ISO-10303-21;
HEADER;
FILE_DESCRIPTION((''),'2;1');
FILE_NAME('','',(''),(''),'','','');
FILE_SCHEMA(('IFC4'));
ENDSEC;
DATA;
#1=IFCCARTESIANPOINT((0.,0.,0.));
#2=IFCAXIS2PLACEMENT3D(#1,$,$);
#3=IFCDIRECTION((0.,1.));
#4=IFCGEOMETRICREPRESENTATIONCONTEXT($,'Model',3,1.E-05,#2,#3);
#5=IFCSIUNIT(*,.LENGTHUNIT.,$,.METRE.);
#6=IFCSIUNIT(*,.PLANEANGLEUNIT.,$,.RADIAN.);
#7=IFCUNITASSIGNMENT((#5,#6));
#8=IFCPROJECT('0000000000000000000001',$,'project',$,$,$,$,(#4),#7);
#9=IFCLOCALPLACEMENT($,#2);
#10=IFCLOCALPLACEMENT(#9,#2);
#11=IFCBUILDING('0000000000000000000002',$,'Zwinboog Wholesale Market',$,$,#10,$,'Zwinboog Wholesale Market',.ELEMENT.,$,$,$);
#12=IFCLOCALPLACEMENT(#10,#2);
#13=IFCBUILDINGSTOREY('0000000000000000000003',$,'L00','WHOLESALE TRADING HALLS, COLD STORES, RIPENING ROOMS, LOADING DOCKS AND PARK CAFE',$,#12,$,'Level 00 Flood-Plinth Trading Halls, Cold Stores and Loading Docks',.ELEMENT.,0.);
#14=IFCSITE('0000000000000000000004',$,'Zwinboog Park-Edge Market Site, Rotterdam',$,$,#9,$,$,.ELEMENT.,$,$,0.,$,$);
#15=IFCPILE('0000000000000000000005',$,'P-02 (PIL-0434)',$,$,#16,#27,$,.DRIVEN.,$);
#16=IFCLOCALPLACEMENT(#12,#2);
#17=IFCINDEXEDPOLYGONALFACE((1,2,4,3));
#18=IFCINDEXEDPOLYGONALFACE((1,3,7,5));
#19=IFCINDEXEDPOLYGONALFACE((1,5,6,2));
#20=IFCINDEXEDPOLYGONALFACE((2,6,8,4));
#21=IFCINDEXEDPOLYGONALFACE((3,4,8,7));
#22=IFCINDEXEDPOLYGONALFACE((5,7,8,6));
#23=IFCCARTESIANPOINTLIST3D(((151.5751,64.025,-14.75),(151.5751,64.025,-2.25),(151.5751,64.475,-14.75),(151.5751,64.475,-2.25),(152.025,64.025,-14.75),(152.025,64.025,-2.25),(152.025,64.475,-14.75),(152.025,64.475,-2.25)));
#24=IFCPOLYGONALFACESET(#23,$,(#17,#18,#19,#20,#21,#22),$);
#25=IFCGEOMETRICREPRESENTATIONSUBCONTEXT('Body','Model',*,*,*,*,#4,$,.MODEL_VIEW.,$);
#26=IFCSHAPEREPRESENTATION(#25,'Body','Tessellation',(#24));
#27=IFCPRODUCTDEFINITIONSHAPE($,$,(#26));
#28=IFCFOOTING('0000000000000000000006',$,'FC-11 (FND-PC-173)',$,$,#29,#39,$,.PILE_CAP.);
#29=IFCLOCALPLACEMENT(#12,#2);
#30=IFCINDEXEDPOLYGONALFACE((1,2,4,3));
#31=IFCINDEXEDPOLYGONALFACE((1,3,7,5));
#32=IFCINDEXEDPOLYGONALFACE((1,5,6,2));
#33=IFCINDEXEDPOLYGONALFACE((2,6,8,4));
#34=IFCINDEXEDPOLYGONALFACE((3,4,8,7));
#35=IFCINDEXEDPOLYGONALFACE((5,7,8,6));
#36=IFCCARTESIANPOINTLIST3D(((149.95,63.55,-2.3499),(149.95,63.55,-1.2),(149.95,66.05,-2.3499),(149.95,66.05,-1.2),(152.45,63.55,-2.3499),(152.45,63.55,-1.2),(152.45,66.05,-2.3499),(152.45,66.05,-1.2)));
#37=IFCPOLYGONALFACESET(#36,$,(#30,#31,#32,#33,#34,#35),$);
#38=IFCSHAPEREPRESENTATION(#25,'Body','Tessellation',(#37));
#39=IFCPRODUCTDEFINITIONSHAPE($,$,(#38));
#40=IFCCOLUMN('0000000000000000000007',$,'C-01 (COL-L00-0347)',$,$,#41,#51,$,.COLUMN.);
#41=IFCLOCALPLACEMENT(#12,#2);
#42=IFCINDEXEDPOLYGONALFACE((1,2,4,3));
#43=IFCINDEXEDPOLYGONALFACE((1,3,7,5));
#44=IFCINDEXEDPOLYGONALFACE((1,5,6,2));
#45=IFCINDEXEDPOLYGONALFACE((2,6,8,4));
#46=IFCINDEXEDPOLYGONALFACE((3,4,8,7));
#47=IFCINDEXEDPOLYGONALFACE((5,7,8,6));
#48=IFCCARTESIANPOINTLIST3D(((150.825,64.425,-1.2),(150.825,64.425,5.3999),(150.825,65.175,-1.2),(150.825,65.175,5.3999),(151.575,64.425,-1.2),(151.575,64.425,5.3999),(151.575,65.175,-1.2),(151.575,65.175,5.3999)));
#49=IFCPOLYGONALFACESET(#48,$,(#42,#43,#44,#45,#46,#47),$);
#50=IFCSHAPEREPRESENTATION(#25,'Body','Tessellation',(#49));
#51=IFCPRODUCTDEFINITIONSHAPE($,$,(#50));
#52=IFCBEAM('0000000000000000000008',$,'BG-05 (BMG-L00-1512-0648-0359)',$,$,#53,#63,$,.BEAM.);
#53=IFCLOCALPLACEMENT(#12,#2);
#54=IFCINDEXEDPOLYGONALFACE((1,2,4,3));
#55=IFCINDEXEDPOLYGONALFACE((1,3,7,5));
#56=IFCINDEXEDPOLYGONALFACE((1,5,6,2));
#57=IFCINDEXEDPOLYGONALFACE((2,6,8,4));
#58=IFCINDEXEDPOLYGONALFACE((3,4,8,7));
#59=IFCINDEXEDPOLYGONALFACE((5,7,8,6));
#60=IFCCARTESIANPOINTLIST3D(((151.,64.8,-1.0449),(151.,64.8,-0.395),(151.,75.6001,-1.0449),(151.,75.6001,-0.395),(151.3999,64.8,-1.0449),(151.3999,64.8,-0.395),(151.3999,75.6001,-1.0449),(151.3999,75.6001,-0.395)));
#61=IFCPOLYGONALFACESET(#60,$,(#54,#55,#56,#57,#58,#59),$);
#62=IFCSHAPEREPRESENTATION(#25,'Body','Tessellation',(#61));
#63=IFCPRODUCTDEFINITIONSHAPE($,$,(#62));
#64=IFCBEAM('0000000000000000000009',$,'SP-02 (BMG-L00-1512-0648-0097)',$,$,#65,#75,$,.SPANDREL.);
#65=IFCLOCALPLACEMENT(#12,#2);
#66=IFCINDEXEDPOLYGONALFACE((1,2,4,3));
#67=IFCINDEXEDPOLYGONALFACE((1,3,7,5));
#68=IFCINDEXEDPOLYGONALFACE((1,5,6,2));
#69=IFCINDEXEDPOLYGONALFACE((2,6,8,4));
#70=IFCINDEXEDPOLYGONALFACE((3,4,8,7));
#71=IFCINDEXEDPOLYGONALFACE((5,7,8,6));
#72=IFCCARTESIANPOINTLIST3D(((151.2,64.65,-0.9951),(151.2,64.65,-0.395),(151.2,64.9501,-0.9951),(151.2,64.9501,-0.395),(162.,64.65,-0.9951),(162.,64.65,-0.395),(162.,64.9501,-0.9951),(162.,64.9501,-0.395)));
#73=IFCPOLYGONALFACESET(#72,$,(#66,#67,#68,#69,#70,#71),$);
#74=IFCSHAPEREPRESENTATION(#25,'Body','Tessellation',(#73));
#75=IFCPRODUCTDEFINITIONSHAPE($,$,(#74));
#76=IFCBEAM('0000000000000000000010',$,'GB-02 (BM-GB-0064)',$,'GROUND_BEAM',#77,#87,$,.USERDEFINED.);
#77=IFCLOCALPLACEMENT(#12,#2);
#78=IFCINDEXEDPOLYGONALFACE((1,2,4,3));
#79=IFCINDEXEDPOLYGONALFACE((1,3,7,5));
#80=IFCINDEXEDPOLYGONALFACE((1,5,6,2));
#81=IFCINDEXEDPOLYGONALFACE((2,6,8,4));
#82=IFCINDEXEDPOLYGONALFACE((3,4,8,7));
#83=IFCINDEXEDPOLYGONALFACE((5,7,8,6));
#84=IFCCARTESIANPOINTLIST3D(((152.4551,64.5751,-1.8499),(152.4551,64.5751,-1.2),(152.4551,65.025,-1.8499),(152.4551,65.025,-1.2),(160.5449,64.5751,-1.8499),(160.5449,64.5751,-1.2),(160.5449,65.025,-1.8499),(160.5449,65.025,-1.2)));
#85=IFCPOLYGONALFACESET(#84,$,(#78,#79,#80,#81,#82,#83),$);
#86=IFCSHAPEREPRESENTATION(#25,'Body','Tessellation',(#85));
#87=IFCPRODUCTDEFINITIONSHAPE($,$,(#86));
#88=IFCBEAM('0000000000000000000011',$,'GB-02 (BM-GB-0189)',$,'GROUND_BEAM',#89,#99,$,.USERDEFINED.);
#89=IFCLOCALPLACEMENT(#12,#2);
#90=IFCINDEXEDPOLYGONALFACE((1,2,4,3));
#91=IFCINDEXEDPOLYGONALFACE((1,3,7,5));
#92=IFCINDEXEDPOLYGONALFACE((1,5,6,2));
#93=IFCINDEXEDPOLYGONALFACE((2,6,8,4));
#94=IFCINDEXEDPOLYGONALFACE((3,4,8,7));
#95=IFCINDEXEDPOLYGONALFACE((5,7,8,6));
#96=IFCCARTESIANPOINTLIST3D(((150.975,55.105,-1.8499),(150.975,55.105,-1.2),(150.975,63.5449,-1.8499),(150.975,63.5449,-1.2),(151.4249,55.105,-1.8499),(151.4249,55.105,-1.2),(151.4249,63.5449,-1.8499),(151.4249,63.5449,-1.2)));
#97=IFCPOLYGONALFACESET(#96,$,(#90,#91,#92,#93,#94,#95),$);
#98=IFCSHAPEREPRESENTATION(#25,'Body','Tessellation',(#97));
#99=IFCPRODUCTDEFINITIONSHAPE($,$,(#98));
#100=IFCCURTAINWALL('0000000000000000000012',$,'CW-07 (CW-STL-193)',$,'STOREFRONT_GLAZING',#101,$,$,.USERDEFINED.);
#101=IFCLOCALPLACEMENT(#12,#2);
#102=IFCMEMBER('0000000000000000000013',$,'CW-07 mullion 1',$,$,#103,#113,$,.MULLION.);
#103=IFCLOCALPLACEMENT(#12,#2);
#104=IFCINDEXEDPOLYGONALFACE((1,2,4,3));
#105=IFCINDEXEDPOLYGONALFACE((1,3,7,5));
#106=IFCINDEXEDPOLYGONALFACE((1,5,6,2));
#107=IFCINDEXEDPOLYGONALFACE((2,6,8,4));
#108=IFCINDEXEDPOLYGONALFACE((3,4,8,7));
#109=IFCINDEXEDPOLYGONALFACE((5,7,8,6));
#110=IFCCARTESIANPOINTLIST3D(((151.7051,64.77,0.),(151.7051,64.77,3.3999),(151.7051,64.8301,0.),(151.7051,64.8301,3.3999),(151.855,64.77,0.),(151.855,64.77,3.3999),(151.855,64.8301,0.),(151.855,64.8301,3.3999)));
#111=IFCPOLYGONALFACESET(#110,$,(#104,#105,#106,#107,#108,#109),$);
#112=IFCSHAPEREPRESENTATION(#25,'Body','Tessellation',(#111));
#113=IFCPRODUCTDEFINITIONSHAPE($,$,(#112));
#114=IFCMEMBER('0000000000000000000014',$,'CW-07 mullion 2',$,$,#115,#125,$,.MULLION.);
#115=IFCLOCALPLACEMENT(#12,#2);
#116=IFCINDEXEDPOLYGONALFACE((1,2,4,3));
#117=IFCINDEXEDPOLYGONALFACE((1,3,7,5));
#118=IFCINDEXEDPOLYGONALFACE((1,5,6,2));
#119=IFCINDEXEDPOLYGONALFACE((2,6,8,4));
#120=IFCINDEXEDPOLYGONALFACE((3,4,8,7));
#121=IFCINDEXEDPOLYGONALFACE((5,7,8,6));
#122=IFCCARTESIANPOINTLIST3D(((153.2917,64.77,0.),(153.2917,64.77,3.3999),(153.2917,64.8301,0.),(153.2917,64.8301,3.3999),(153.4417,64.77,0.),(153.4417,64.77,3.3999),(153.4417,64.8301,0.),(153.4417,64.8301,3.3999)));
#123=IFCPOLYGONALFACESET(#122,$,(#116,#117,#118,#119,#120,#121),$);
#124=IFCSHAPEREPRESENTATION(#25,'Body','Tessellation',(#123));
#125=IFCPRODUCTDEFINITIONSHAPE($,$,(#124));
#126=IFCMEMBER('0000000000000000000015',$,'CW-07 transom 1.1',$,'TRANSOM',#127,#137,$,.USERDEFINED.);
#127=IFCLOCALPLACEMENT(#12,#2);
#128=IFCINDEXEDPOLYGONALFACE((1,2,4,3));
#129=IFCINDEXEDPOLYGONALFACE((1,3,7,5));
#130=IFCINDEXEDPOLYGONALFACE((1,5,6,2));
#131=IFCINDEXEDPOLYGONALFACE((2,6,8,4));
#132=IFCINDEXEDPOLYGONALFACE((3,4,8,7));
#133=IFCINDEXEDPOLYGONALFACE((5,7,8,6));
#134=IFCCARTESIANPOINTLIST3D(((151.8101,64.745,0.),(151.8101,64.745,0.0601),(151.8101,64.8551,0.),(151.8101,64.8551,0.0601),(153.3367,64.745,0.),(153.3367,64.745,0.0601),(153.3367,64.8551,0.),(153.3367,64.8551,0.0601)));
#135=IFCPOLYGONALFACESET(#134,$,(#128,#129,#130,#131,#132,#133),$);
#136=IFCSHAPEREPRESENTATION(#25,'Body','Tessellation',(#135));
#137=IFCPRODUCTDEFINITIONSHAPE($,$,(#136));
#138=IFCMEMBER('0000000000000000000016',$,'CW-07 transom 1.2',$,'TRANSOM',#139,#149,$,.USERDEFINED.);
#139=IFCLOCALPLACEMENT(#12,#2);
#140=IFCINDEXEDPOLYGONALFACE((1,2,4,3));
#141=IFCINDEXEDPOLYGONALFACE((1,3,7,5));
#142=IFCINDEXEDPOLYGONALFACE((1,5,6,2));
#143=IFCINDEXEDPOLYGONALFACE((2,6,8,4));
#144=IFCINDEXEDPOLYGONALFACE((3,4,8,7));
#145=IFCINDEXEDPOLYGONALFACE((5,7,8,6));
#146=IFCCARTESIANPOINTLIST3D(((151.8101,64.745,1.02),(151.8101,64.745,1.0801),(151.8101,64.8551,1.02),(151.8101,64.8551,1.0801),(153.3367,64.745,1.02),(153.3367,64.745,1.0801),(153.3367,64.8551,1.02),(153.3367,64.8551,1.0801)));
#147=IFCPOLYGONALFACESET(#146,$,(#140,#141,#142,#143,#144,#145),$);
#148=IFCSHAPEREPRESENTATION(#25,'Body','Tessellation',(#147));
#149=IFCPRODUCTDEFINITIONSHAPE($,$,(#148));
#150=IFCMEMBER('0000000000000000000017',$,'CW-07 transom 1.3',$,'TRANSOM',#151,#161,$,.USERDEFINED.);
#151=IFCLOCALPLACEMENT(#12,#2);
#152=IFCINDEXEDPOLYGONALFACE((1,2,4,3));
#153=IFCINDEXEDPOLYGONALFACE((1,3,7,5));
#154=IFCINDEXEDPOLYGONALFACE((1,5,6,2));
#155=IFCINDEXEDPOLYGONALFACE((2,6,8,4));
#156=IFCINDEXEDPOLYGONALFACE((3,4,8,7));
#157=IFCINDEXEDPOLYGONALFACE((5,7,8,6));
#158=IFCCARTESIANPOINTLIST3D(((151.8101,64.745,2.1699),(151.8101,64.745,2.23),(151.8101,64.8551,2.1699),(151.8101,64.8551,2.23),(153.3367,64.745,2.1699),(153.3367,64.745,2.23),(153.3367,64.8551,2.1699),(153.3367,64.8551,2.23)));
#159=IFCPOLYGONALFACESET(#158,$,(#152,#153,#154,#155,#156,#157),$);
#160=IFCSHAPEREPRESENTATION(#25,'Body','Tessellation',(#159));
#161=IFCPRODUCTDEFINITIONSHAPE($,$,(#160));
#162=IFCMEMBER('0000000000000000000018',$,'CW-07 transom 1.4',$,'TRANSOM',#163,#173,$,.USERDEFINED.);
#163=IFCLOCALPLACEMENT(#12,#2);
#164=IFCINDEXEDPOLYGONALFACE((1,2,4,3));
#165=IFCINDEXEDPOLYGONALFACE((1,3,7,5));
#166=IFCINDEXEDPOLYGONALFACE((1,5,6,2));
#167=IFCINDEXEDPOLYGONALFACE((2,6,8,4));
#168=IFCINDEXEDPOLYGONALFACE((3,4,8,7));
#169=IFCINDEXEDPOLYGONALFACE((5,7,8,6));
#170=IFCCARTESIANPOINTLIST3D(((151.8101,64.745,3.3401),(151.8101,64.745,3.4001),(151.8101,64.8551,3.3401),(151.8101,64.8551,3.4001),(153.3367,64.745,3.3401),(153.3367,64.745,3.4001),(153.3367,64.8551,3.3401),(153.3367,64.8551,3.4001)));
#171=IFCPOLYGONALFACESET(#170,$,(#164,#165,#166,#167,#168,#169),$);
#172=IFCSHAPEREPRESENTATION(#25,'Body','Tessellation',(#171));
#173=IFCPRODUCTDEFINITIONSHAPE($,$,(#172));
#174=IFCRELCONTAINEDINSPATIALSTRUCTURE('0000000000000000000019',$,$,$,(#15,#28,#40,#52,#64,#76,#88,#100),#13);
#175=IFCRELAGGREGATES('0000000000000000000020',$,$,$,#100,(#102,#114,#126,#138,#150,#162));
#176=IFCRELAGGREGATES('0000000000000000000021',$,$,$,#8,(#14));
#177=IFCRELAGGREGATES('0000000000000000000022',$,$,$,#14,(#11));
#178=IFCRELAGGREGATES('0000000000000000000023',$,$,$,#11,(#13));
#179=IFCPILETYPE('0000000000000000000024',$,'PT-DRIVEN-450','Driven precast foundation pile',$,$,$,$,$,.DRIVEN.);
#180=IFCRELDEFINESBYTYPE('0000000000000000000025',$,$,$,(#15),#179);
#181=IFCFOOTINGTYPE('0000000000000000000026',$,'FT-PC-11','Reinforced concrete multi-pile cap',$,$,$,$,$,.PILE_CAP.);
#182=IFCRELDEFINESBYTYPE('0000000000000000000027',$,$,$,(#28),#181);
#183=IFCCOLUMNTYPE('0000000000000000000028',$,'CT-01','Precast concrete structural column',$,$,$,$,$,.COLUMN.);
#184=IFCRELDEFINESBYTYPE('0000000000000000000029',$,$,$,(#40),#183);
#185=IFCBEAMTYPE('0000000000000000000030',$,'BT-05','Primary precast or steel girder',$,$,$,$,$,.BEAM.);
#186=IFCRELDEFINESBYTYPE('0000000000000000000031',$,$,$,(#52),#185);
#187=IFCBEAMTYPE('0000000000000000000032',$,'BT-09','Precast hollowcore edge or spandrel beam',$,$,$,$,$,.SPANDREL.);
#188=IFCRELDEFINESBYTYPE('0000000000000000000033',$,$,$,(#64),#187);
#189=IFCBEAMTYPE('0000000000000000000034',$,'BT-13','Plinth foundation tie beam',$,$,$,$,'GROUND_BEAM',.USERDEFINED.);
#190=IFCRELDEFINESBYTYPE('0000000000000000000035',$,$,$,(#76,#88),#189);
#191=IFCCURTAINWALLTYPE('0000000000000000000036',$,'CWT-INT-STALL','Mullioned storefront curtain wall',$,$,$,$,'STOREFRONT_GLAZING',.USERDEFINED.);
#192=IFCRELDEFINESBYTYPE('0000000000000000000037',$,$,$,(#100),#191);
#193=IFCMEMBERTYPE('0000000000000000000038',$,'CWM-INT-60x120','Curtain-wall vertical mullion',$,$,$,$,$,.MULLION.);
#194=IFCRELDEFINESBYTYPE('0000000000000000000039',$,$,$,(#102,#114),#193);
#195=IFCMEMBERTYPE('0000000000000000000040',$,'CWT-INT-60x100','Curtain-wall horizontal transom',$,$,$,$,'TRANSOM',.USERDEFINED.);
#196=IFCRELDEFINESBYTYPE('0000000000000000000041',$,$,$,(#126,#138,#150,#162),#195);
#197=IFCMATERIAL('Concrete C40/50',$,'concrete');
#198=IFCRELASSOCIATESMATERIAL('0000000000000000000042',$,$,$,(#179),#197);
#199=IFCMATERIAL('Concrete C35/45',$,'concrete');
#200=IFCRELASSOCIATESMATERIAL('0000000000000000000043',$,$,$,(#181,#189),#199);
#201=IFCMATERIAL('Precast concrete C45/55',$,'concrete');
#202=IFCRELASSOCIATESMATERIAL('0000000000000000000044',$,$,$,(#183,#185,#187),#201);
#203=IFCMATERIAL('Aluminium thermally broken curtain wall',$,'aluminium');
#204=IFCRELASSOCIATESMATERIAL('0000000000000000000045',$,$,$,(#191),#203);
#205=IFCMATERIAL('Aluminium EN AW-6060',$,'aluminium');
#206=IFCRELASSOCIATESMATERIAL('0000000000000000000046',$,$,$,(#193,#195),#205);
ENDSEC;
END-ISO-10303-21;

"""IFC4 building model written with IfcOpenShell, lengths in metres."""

from ifc_helpers import new_model, si_unit, direction, frame, origin, origin_2d, place, context, subcontext, project, spatial, rectangle, extrude, material, material_profile, profile_set, type_object, element, aggregate, save


model = new_model("IFC4")

# Units and contexts
model_context = context("Model", 3, precision=1e-05, world=origin(), true_north=direction((0.0, 1.0)))
body_context = subcontext(model_context, "Body", "Model", "MODEL_VIEW")
ifc_project = project(units=[si_unit("LENGTHUNIT", "METRE"), si_unit("PLANEANGLEUNIT", "RADIAN")], contexts=[model_context])

# Site, building, storey
site_placement = place(None, origin())
site = spatial("IfcSite", under=ifc_project, at=site_placement, Name="Zwinboog Park-Edge Market Site, Rotterdam", CompositionType="ELEMENT", RefElevation=0.0)
building_placement = place(site_placement, origin())
building = spatial("IfcBuilding", under=site, at=building_placement, Name="Zwinboog Wholesale Market", LongName="Zwinboog Wholesale Market", CompositionType="ELEMENT")
storey_placement = place(building_placement, origin())
storey = spatial("IfcBuildingStorey", under=building, at=storey_placement, Name="L00", Description="WHOLESALE TRADING HALLS, COLD STORES, RIPENING ROOMS, LOADING DOCKS AND PARK CAFE", LongName="Level 00 Flood-Plinth Trading Halls, Cold Stores and Loading Docks", CompositionType="ELEMENT", Elevation=0.0)

# Pile
ifc_material_1 = material(Name="Concrete C40/50", Category="concrete")
ifc_material_profile_1 = material_profile(ifc_material_1, rectangle(XDim=0.45, YDim=0.45, at=origin_2d()), Name="PILE SQ450")
ifc_profile_set_1 = profile_set([ifc_material_profile_1], Name="Concrete C40/50")
pile_type = type_object("IfcPileType", Name="PT-DRIVEN-450", Description="Driven precast foundation pile", PredefinedType="DRIVEN", material=ifc_profile_set_1)
pile_placement = place(storey_placement, frame((151.8, 64.25, -2.25), z_axis=(0.0, 0.0, -1.0), x_axis=(1.0, 0.0, 0.0)))
element("IfcPile", 1, at=pile_placement, inside=storey, type_object=pile_type, Name="P-02 (PIL-0434)", PredefinedType="DRIVEN", context=body_context, shape_type="SweptSolid", body=[
    extrude(rectangle(XDim=0.45, YDim=0.45, at=origin_2d()), origin(), (0.0, 0.0, 1.0), 12.5),
])

# Footing
ifc_material_2 = material(Name="Concrete C35/45", Category="concrete")
footing_type = type_object("IfcFootingType", Name="FT-PC-11", Description="Reinforced concrete multi-pile cap", PredefinedType="PILE_CAP", material=ifc_material_2)
footing_placement = place(storey_placement, frame((151.2, 64.8, -2.3499), z_axis=(0.0, 0.0, 1.0), x_axis=(1.0, 0.0, 0.0)))
element("IfcFooting", 2, at=footing_placement, inside=storey, type_object=footing_type, Name="FC-11 (FND-PC-173)", PredefinedType="PILE_CAP", context=body_context, shape_type="SweptSolid", body=[
    extrude(rectangle(XDim=2.5, YDim=2.5, at=origin_2d()), origin(), (0.0, 0.0, 1.0), 1.1499),
])

# Column
ifc_material_3 = material(Name="Precast concrete C45/55", Category="concrete")
ifc_material_profile_2 = material_profile(ifc_material_3, rectangle(XDim=0.75, YDim=0.75, at=origin_2d()), Name="PC 750x750")
ifc_profile_set_2 = profile_set([ifc_material_profile_2], Name="Precast concrete C45/55")
column_type = type_object("IfcColumnType", Name="CT-01", Description="Precast concrete structural column", PredefinedType="COLUMN", material=ifc_profile_set_2)
column_placement = place(storey_placement, frame((151.2, 64.8, -1.2), z_axis=(0.0, 0.0, 1.0), x_axis=(1.0, 0.0, 0.0)))
element("IfcColumn", 3, at=column_placement, inside=storey, type_object=column_type, Name="C-01 (COL-L00-0347)", PredefinedType="COLUMN", context=body_context, shape_type="SweptSolid", body=[
    extrude(rectangle(XDim=0.75, YDim=0.75, at=origin_2d()), origin(), (0.0, 0.0, 1.0), 6.5999),
])

# Beams
ifc_material_profile_3 = material_profile(ifc_material_3, rectangle(XDim=0.3999, YDim=0.6499, at=origin_2d()), Name="PC 400x650")
ifc_profile_set_3 = profile_set([ifc_material_profile_3], Name="Precast concrete C45/55")
beam_type_1 = type_object("IfcBeamType", Name="BT-05", Description="Primary precast or steel girder", PredefinedType="BEAM", material=ifc_profile_set_3)
beam_1_placement = place(storey_placement, frame((151.2, 64.8, -0.72), z_axis=(0.0, 1.0, 0.0), x_axis=(-1.0, 0.0, 0.0)))
element("IfcBeam", 4, at=beam_1_placement, inside=storey, type_object=beam_type_1, Name="BG-05 (BMG-L00-1512-0648-0359)", PredefinedType="BEAM", context=body_context, shape_type="SweptSolid", body=[
    extrude(rectangle(XDim=0.3999, YDim=0.6499, at=origin_2d()), origin(), (0.0, 0.0, 1.0), 10.8),
])
ifc_material_profile_4 = material_profile(ifc_material_3, rectangle(XDim=0.3, YDim=0.6001, at=origin_2d()), Name="PC 300x600")
ifc_profile_set_4 = profile_set([ifc_material_profile_4], Name="Precast concrete C45/55")
beam_type_2 = type_object("IfcBeamType", Name="BT-09", Description="Precast hollowcore edge or spandrel beam", PredefinedType="SPANDREL", material=ifc_profile_set_4)
beam_2_placement = place(storey_placement, frame((151.2, 64.8, -0.6951), z_axis=(1.0, 0.0, 0.0), x_axis=(0.0, 1.0, 0.0)))
element("IfcBeam", 5, at=beam_2_placement, inside=storey, type_object=beam_type_2, Name="SP-02 (BMG-L00-1512-0648-0097)", PredefinedType="SPANDREL", context=body_context, shape_type="SweptSolid", body=[
    extrude(rectangle(XDim=0.3, YDim=0.6001, at=origin_2d()), origin(), (0.0, 0.0, 1.0), 10.8),
])
ifc_material_profile_5 = material_profile(ifc_material_2, rectangle(XDim=0.45, YDim=0.6499, at=origin_2d()), Name="RC 450x650")
ifc_profile_set_5 = profile_set([ifc_material_profile_5], Name="Concrete C35/45")
beam_type_3 = type_object("IfcBeamType", Name="BT-13", Description="Plinth foundation tie beam", ElementType="GROUND_BEAM", PredefinedType="USERDEFINED", material=ifc_profile_set_5)
beam_3_placement = place(storey_placement, frame((152.4551, 64.8, -1.5249), z_axis=(1.0, 0.0, 0.0), x_axis=(0.0, 1.0, 0.0)))
element("IfcBeam", 6, at=beam_3_placement, inside=storey, type_object=beam_type_3, Name="GB-02 (BM-GB-0064)", ObjectType="GROUND_BEAM", PredefinedType="USERDEFINED", context=body_context, shape_type="SweptSolid", body=[
    extrude(rectangle(XDim=0.45, YDim=0.6499, at=origin_2d()), origin(), (0.0, 0.0, 1.0), 8.0898),
])
beam_4_placement = place(storey_placement, frame((151.2, 55.105, -1.5249), z_axis=(0.0, 1.0, 0.0), x_axis=(-1.0, 0.0, 0.0)))
element("IfcBeam", 7, at=beam_4_placement, inside=storey, type_object=beam_type_3, Name="GB-02 (BM-GB-0189)", ObjectType="GROUND_BEAM", PredefinedType="USERDEFINED", context=body_context, shape_type="SweptSolid", body=[
    extrude(rectangle(XDim=0.45, YDim=0.6499, at=origin_2d()), origin(), (0.0, 0.0, 1.0), 8.4399),
])

# Curtain wall, members
ifc_material_4 = material(Name="Aluminium thermally broken curtain wall", Category="aluminium")
curtain_wall_type = type_object("IfcCurtainWallType", Name="CWT-INT-STALL", Description="Mullioned storefront curtain wall", ElementType="STOREFRONT_GLAZING", PredefinedType="USERDEFINED", material=ifc_material_4)
curtain_wall_1_placement = place(storey_placement, origin())
curtain_wall_1 = element("IfcCurtainWall", 8, at=curtain_wall_1_placement, inside=storey, type_object=curtain_wall_type, Name="CW-07 (CW-STL-193)", ObjectType="STOREFRONT_GLAZING", PredefinedType="USERDEFINED")
ifc_material_5 = material(Name="Aluminium EN AW-6060", Category="aluminium")
ifc_material_profile_6 = material_profile(ifc_material_5, rectangle(XDim=0.0601, YDim=0.1499, at=origin_2d()), Name="AL 60x150")
ifc_profile_set_6 = profile_set([ifc_material_profile_6], Name="Aluminium EN AW-6060")
member_type_1 = type_object("IfcMemberType", Name="CWM-INT-60x120", Description="Curtain-wall vertical mullion", PredefinedType="MULLION", material=ifc_profile_set_6)
member_1_placement = place(storey_placement, frame((151.78, 64.8, 0.0), z_axis=(0.0, 0.0, 1.0), x_axis=(0.0, 1.0, 0.0)))
member_1 = element("IfcMember", 9, at=member_1_placement, type_object=member_type_1, Name="CW-07 mullion 1", PredefinedType="MULLION", context=body_context, shape_type="SweptSolid", body=[
    extrude(rectangle(XDim=0.0601, YDim=0.1499, at=origin_2d()), origin(), (0.0, 0.0, 1.0), 3.3999),
])
member_2_placement = place(storey_placement, frame((153.3667, 64.8, 0.0), z_axis=(0.0, 0.0, 1.0), x_axis=(0.0, 1.0, 0.0)))
member_2 = element("IfcMember", 10, at=member_2_placement, type_object=member_type_1, Name="CW-07 mullion 2", PredefinedType="MULLION", context=body_context, shape_type="SweptSolid", body=[
    extrude(rectangle(XDim=0.0601, YDim=0.1499, at=origin_2d()), origin(), (0.0, 0.0, 1.0), 3.3999),
])
ifc_material_profile_7 = material_profile(ifc_material_5, rectangle(XDim=0.1101, YDim=0.0601, at=origin_2d()), Name="AL 60x110")
ifc_profile_set_7 = profile_set([ifc_material_profile_7], Name="Aluminium EN AW-6060")
member_type_2 = type_object("IfcMemberType", Name="CWT-INT-60x100", Description="Curtain-wall horizontal transom", ElementType="TRANSOM", PredefinedType="USERDEFINED", material=ifc_profile_set_7)
member_3_placement = place(storey_placement, frame((151.8101, 64.8, 0.03), z_axis=(1.0, 0.0, 0.0), x_axis=(0.0, 1.0, 0.0)))
member_3 = element("IfcMember", 11, at=member_3_placement, type_object=member_type_2, Name="CW-07 transom 1.1", ObjectType="TRANSOM", PredefinedType="USERDEFINED", context=body_context, shape_type="SweptSolid", body=[
    extrude(rectangle(XDim=0.1101, YDim=0.0601, at=origin_2d()), origin(), (0.0, 0.0, 1.0), 1.5266),
])
member_4_placement = place(storey_placement, frame((151.8101, 64.8, 1.05), z_axis=(1.0, 0.0, 0.0), x_axis=(0.0, 1.0, 0.0)))
member_4 = element("IfcMember", 12, at=member_4_placement, type_object=member_type_2, Name="CW-07 transom 1.2", ObjectType="TRANSOM", PredefinedType="USERDEFINED", context=body_context, shape_type="SweptSolid", body=[
    extrude(rectangle(XDim=0.1101, YDim=0.0601, at=origin_2d()), origin(), (0.0, 0.0, 1.0), 1.5266),
])
member_5_placement = place(storey_placement, frame((151.8101, 64.8, 2.2), z_axis=(1.0, 0.0, 0.0), x_axis=(0.0, 1.0, 0.0)))
member_5 = element("IfcMember", 13, at=member_5_placement, type_object=member_type_2, Name="CW-07 transom 1.3", ObjectType="TRANSOM", PredefinedType="USERDEFINED", context=body_context, shape_type="SweptSolid", body=[
    extrude(rectangle(XDim=0.1101, YDim=0.0601, at=origin_2d()), origin(), (0.0, 0.0, 1.0), 1.5266),
])
member_6_placement = place(storey_placement, frame((151.8101, 64.8, 3.3701), z_axis=(1.0, 0.0, 0.0), x_axis=(0.0, 1.0, 0.0)))
member_6 = element("IfcMember", 14, at=member_6_placement, type_object=member_type_2, Name="CW-07 transom 1.4", ObjectType="TRANSOM", PredefinedType="USERDEFINED", context=body_context, shape_type="SweptSolid", body=[
    extrude(rectangle(XDim=0.1101, YDim=0.0601, at=origin_2d()), origin(), (0.0, 0.0, 1.0), 1.5266),
])

aggregate(curtain_wall_1, [member_1, member_2, member_3, member_4, member_5, member_6])

save(model, "model.ifc")
